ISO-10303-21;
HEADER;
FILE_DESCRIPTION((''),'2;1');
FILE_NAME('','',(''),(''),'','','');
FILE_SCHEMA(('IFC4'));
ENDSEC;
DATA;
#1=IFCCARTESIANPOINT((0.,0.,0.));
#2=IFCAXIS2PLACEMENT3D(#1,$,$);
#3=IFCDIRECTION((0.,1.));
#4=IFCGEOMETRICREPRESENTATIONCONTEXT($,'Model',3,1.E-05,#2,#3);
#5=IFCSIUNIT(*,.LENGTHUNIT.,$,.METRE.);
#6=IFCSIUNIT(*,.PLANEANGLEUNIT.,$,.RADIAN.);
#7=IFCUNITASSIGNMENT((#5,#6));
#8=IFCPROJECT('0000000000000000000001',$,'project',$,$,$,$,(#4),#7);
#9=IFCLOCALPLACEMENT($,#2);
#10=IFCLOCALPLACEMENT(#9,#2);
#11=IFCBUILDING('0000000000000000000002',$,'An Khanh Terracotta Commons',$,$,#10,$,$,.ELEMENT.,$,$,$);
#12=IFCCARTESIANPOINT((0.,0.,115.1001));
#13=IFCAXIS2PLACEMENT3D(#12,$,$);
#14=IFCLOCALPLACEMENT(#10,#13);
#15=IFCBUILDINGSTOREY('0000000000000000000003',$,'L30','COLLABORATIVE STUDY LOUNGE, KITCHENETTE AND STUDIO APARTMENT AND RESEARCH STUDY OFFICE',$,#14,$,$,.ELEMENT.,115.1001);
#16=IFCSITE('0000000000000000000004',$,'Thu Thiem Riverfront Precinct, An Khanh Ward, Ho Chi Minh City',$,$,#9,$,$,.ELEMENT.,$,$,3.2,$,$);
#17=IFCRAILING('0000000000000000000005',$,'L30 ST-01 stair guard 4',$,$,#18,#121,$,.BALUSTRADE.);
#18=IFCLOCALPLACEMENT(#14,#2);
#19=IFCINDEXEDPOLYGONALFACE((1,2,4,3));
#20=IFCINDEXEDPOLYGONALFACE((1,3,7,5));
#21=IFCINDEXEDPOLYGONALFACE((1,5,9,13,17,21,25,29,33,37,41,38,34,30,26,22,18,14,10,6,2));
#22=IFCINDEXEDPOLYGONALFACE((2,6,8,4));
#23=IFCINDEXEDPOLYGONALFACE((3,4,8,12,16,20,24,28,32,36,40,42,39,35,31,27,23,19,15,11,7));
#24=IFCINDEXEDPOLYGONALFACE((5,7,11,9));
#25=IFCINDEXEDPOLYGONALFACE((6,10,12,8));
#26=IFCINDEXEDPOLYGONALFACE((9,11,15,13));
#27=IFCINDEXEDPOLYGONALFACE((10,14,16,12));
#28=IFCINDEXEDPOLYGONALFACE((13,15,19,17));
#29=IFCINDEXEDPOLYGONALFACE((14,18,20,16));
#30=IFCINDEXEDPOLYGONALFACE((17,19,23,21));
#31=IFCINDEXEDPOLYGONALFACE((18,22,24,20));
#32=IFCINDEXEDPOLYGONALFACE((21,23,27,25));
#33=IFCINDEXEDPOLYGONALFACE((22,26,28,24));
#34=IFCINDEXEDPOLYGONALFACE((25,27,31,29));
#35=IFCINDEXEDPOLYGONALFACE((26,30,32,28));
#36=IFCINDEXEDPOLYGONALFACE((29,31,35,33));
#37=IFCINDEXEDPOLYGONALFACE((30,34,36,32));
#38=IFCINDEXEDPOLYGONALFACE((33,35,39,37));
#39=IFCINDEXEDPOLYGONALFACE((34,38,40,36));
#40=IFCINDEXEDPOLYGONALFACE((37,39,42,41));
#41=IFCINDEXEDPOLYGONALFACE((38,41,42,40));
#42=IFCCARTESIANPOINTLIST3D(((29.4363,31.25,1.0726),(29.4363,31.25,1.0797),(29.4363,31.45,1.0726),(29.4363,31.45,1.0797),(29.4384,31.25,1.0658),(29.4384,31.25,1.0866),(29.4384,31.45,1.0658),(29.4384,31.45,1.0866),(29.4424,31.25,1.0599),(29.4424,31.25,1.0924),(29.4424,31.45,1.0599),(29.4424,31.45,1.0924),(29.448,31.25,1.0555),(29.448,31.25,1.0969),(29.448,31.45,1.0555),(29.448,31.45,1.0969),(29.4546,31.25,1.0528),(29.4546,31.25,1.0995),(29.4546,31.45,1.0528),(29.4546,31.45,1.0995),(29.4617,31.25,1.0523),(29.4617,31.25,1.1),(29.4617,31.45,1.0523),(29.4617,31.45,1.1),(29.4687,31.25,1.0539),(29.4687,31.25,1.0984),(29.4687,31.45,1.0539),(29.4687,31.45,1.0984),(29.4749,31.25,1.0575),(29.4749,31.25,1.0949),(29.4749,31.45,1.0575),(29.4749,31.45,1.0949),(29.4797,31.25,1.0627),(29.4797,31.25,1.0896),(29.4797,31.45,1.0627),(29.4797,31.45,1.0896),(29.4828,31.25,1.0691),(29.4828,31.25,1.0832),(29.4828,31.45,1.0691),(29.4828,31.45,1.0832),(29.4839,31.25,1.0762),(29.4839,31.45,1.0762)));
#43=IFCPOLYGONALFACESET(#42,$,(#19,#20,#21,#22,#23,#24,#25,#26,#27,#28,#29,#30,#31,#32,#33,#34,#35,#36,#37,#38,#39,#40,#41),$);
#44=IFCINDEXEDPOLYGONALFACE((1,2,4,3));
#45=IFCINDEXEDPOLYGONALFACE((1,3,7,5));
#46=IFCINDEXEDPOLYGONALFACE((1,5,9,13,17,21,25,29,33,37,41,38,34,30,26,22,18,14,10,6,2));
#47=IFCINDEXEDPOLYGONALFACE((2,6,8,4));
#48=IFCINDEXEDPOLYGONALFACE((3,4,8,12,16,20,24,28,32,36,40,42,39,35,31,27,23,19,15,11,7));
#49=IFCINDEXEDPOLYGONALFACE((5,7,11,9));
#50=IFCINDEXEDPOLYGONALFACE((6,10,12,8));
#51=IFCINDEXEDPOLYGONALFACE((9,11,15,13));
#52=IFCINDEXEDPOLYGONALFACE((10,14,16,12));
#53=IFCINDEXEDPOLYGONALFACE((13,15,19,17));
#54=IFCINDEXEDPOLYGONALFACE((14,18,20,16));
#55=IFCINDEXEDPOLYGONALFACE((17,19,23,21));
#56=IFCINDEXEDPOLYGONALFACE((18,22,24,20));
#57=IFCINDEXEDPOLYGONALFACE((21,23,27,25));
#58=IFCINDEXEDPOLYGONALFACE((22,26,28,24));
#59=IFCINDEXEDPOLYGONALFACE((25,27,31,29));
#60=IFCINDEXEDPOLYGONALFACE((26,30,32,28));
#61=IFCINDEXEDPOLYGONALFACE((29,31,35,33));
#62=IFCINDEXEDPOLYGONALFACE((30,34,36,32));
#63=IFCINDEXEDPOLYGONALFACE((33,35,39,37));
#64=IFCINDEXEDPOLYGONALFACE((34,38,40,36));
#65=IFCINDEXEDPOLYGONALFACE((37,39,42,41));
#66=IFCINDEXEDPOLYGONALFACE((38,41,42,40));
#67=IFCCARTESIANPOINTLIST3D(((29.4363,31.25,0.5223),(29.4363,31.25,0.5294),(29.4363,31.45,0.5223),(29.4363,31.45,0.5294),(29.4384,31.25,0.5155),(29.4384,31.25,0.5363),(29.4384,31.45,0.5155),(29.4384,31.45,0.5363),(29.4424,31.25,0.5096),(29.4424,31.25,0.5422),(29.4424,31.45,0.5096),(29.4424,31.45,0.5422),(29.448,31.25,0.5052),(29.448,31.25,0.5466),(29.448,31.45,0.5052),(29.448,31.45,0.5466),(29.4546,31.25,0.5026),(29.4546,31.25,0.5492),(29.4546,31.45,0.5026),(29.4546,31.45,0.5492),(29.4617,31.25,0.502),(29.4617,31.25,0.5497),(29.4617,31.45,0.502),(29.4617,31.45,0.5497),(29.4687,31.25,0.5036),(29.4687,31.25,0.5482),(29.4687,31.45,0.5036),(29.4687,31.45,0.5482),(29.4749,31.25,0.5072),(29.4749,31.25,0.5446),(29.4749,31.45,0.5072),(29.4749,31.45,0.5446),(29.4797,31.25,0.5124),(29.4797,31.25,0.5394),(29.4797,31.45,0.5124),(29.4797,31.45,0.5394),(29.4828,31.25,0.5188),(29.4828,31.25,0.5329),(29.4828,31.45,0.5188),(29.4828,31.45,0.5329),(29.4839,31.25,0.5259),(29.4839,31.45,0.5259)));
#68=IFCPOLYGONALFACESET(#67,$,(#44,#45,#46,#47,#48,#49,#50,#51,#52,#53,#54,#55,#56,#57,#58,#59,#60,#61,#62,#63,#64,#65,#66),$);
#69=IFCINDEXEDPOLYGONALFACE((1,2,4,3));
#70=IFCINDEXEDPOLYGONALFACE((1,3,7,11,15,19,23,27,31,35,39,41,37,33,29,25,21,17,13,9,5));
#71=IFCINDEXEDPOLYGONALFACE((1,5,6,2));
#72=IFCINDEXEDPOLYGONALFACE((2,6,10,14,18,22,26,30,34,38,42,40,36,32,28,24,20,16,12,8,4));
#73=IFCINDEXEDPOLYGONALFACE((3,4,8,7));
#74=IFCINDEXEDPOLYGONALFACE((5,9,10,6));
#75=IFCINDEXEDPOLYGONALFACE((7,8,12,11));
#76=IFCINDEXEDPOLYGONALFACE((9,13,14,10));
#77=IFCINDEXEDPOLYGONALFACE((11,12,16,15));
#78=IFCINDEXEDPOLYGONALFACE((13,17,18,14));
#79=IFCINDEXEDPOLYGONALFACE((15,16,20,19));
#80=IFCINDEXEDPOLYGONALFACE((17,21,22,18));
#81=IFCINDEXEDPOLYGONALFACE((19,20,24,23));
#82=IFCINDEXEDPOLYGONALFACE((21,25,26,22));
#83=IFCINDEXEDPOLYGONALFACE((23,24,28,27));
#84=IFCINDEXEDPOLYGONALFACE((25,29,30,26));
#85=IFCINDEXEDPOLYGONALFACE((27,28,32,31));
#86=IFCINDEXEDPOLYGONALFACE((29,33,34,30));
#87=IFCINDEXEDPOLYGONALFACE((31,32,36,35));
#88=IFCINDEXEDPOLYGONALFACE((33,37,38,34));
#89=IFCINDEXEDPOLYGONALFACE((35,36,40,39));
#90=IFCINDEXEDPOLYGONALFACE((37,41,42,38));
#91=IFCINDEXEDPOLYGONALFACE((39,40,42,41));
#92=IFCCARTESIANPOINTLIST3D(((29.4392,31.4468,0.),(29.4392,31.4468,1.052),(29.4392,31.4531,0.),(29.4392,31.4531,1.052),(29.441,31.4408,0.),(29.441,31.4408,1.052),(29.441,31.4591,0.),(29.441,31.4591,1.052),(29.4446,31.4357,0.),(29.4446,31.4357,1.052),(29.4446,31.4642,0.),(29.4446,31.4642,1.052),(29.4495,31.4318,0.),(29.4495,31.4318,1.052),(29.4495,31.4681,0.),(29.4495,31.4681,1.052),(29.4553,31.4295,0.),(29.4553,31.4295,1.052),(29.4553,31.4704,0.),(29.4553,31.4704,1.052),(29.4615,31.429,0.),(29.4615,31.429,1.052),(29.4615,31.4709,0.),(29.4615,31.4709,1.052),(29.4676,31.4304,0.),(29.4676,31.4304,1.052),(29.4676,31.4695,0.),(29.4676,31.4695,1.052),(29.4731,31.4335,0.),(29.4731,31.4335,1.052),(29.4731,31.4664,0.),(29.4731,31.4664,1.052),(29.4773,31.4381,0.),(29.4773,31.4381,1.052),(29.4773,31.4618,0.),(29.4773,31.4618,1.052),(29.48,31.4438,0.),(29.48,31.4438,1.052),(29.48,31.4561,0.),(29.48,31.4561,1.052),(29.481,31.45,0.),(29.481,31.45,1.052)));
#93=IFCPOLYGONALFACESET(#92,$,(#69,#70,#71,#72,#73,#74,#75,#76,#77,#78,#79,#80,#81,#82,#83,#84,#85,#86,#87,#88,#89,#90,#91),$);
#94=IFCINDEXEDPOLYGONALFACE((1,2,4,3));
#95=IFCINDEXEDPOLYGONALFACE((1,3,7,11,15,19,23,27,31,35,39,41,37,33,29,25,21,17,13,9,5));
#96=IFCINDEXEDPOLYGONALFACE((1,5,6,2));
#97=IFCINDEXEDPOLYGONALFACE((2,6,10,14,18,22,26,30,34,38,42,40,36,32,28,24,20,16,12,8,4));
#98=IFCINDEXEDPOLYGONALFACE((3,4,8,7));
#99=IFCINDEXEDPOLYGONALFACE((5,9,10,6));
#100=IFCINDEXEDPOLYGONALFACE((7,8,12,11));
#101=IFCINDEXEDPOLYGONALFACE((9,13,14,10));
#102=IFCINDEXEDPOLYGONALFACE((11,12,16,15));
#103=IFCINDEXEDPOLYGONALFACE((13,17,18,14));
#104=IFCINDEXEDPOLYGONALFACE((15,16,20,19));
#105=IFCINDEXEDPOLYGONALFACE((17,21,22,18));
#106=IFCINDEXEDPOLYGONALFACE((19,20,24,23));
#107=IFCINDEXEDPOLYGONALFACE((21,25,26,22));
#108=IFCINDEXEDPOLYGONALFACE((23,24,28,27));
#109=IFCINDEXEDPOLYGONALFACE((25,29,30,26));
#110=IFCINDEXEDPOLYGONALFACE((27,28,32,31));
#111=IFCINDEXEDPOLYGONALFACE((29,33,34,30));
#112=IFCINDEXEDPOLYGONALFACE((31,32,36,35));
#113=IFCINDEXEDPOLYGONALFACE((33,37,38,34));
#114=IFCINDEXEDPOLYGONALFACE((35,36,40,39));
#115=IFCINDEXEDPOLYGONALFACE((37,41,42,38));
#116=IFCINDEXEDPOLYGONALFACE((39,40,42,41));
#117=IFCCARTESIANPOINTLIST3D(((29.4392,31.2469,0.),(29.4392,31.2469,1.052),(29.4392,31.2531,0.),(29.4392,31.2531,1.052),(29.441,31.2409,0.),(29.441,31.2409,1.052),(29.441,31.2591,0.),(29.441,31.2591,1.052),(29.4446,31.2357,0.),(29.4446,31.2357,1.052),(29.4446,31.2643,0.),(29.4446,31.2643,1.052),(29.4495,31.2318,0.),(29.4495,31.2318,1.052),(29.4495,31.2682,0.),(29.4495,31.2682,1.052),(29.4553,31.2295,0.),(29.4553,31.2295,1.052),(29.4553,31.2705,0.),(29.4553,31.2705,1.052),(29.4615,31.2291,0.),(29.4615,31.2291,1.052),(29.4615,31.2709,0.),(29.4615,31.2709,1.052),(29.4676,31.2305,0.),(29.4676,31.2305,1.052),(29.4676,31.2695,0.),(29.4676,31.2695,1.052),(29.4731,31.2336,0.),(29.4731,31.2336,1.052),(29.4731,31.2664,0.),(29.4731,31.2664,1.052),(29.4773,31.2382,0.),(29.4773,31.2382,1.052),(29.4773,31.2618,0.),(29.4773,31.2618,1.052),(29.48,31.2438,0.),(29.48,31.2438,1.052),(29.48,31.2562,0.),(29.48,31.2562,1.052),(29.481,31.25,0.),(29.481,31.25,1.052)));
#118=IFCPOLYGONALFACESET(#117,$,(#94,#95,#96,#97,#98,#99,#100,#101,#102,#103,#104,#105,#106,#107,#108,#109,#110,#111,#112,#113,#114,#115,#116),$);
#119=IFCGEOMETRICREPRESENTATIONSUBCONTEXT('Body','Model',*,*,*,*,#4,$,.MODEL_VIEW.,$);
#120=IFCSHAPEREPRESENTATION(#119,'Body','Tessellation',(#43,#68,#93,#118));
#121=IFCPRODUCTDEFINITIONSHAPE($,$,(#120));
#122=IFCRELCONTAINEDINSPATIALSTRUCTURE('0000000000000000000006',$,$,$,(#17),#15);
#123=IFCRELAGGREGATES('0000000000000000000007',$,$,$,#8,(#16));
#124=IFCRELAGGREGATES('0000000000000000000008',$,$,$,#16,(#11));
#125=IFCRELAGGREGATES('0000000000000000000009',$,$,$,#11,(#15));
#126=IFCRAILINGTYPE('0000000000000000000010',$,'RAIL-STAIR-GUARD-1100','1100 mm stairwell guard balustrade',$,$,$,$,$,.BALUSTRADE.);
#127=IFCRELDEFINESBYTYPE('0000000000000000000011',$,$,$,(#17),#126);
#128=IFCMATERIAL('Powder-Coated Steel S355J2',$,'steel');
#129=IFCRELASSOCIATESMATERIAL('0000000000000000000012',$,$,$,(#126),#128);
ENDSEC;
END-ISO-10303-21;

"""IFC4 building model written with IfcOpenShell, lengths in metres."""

from ifc_helpers import new_model, si_unit, direction, frame, origin, origin_2d, place, context, subcontext, project, spatial, circle, extrude, material, type_object, element, save


model = new_model("IFC4")

# Units and contexts
model_context = context("Model", 3, precision=1e-05, world=origin(), true_north=direction((0.0, 1.0)))
body_context = subcontext(model_context, "Body", "Model", "MODEL_VIEW")
ifc_project = project(units=[si_unit("LENGTHUNIT", "METRE"), si_unit("PLANEANGLEUNIT", "RADIAN")], contexts=[model_context])

# Site, building, storey
site_placement = place(None, origin())
site = spatial("IfcSite", under=ifc_project, at=site_placement, Name="Thu Thiem Riverfront Precinct, An Khanh Ward, Ho Chi Minh City", CompositionType="ELEMENT", RefElevation=3.2)
building_placement = place(site_placement, origin())
building = spatial("IfcBuilding", under=site, at=building_placement, Name="An Khanh Terracotta Commons", CompositionType="ELEMENT")
storey_placement = place(building_placement, frame((0.0, 0.0, 115.1001)))
storey = spatial("IfcBuildingStorey", under=building, at=storey_placement, Name="L30", Description="COLLABORATIVE STUDY LOUNGE, KITCHENETTE AND STUDIO APARTMENT AND RESEARCH STUDY OFFICE", CompositionType="ELEMENT", Elevation=115.1001)

# Railing
ifc_material_1 = material(Name="Powder-Coated Steel S355J2", Category="steel")
railing_type_1 = type_object("IfcRailingType", Name="RAIL-STAIR-GUARD-1100", Description="1100 mm stairwell guard balustrade", PredefinedType="BALUSTRADE", material=ifc_material_1)
railing_1_placement = place(storey_placement, frame((29.46, 31.45, 0.0)))
element("IfcRailing", 1, at=railing_1_placement, inside=storey, type_object=railing_type_1, Name="L30 ST-01 stair guard 4", PredefinedType="BALUSTRADE", context=body_context, shape_type="SweptSolid", body=[
    extrude(circle(Radius=0.0239, at=origin_2d()), frame((0.0, 0.0, 1.0762), z_axis=(0.0, -1.0, 0.0), x_axis=(1.0, 0.0, 0.0)), (0.0, 0.0, 1.0), 0.2),
    extrude(circle(Radius=0.0239, at=origin_2d()), frame((0.0, 0.0, 0.5259), z_axis=(0.0, -1.0, 0.0), x_axis=(1.0, 0.0, 0.0)), (0.0, 0.0, 1.0), 0.2),
    extrude(circle(Radius=0.021, at=origin_2d()), origin(), (0.0, 0.0, 1.0), 1.052),
    extrude(circle(Radius=0.021, at=origin_2d()), frame((0.0, -0.2, 0.0)), (0.0, 0.0, 1.0), 1.052),
])

save(model, "model.ifc")
